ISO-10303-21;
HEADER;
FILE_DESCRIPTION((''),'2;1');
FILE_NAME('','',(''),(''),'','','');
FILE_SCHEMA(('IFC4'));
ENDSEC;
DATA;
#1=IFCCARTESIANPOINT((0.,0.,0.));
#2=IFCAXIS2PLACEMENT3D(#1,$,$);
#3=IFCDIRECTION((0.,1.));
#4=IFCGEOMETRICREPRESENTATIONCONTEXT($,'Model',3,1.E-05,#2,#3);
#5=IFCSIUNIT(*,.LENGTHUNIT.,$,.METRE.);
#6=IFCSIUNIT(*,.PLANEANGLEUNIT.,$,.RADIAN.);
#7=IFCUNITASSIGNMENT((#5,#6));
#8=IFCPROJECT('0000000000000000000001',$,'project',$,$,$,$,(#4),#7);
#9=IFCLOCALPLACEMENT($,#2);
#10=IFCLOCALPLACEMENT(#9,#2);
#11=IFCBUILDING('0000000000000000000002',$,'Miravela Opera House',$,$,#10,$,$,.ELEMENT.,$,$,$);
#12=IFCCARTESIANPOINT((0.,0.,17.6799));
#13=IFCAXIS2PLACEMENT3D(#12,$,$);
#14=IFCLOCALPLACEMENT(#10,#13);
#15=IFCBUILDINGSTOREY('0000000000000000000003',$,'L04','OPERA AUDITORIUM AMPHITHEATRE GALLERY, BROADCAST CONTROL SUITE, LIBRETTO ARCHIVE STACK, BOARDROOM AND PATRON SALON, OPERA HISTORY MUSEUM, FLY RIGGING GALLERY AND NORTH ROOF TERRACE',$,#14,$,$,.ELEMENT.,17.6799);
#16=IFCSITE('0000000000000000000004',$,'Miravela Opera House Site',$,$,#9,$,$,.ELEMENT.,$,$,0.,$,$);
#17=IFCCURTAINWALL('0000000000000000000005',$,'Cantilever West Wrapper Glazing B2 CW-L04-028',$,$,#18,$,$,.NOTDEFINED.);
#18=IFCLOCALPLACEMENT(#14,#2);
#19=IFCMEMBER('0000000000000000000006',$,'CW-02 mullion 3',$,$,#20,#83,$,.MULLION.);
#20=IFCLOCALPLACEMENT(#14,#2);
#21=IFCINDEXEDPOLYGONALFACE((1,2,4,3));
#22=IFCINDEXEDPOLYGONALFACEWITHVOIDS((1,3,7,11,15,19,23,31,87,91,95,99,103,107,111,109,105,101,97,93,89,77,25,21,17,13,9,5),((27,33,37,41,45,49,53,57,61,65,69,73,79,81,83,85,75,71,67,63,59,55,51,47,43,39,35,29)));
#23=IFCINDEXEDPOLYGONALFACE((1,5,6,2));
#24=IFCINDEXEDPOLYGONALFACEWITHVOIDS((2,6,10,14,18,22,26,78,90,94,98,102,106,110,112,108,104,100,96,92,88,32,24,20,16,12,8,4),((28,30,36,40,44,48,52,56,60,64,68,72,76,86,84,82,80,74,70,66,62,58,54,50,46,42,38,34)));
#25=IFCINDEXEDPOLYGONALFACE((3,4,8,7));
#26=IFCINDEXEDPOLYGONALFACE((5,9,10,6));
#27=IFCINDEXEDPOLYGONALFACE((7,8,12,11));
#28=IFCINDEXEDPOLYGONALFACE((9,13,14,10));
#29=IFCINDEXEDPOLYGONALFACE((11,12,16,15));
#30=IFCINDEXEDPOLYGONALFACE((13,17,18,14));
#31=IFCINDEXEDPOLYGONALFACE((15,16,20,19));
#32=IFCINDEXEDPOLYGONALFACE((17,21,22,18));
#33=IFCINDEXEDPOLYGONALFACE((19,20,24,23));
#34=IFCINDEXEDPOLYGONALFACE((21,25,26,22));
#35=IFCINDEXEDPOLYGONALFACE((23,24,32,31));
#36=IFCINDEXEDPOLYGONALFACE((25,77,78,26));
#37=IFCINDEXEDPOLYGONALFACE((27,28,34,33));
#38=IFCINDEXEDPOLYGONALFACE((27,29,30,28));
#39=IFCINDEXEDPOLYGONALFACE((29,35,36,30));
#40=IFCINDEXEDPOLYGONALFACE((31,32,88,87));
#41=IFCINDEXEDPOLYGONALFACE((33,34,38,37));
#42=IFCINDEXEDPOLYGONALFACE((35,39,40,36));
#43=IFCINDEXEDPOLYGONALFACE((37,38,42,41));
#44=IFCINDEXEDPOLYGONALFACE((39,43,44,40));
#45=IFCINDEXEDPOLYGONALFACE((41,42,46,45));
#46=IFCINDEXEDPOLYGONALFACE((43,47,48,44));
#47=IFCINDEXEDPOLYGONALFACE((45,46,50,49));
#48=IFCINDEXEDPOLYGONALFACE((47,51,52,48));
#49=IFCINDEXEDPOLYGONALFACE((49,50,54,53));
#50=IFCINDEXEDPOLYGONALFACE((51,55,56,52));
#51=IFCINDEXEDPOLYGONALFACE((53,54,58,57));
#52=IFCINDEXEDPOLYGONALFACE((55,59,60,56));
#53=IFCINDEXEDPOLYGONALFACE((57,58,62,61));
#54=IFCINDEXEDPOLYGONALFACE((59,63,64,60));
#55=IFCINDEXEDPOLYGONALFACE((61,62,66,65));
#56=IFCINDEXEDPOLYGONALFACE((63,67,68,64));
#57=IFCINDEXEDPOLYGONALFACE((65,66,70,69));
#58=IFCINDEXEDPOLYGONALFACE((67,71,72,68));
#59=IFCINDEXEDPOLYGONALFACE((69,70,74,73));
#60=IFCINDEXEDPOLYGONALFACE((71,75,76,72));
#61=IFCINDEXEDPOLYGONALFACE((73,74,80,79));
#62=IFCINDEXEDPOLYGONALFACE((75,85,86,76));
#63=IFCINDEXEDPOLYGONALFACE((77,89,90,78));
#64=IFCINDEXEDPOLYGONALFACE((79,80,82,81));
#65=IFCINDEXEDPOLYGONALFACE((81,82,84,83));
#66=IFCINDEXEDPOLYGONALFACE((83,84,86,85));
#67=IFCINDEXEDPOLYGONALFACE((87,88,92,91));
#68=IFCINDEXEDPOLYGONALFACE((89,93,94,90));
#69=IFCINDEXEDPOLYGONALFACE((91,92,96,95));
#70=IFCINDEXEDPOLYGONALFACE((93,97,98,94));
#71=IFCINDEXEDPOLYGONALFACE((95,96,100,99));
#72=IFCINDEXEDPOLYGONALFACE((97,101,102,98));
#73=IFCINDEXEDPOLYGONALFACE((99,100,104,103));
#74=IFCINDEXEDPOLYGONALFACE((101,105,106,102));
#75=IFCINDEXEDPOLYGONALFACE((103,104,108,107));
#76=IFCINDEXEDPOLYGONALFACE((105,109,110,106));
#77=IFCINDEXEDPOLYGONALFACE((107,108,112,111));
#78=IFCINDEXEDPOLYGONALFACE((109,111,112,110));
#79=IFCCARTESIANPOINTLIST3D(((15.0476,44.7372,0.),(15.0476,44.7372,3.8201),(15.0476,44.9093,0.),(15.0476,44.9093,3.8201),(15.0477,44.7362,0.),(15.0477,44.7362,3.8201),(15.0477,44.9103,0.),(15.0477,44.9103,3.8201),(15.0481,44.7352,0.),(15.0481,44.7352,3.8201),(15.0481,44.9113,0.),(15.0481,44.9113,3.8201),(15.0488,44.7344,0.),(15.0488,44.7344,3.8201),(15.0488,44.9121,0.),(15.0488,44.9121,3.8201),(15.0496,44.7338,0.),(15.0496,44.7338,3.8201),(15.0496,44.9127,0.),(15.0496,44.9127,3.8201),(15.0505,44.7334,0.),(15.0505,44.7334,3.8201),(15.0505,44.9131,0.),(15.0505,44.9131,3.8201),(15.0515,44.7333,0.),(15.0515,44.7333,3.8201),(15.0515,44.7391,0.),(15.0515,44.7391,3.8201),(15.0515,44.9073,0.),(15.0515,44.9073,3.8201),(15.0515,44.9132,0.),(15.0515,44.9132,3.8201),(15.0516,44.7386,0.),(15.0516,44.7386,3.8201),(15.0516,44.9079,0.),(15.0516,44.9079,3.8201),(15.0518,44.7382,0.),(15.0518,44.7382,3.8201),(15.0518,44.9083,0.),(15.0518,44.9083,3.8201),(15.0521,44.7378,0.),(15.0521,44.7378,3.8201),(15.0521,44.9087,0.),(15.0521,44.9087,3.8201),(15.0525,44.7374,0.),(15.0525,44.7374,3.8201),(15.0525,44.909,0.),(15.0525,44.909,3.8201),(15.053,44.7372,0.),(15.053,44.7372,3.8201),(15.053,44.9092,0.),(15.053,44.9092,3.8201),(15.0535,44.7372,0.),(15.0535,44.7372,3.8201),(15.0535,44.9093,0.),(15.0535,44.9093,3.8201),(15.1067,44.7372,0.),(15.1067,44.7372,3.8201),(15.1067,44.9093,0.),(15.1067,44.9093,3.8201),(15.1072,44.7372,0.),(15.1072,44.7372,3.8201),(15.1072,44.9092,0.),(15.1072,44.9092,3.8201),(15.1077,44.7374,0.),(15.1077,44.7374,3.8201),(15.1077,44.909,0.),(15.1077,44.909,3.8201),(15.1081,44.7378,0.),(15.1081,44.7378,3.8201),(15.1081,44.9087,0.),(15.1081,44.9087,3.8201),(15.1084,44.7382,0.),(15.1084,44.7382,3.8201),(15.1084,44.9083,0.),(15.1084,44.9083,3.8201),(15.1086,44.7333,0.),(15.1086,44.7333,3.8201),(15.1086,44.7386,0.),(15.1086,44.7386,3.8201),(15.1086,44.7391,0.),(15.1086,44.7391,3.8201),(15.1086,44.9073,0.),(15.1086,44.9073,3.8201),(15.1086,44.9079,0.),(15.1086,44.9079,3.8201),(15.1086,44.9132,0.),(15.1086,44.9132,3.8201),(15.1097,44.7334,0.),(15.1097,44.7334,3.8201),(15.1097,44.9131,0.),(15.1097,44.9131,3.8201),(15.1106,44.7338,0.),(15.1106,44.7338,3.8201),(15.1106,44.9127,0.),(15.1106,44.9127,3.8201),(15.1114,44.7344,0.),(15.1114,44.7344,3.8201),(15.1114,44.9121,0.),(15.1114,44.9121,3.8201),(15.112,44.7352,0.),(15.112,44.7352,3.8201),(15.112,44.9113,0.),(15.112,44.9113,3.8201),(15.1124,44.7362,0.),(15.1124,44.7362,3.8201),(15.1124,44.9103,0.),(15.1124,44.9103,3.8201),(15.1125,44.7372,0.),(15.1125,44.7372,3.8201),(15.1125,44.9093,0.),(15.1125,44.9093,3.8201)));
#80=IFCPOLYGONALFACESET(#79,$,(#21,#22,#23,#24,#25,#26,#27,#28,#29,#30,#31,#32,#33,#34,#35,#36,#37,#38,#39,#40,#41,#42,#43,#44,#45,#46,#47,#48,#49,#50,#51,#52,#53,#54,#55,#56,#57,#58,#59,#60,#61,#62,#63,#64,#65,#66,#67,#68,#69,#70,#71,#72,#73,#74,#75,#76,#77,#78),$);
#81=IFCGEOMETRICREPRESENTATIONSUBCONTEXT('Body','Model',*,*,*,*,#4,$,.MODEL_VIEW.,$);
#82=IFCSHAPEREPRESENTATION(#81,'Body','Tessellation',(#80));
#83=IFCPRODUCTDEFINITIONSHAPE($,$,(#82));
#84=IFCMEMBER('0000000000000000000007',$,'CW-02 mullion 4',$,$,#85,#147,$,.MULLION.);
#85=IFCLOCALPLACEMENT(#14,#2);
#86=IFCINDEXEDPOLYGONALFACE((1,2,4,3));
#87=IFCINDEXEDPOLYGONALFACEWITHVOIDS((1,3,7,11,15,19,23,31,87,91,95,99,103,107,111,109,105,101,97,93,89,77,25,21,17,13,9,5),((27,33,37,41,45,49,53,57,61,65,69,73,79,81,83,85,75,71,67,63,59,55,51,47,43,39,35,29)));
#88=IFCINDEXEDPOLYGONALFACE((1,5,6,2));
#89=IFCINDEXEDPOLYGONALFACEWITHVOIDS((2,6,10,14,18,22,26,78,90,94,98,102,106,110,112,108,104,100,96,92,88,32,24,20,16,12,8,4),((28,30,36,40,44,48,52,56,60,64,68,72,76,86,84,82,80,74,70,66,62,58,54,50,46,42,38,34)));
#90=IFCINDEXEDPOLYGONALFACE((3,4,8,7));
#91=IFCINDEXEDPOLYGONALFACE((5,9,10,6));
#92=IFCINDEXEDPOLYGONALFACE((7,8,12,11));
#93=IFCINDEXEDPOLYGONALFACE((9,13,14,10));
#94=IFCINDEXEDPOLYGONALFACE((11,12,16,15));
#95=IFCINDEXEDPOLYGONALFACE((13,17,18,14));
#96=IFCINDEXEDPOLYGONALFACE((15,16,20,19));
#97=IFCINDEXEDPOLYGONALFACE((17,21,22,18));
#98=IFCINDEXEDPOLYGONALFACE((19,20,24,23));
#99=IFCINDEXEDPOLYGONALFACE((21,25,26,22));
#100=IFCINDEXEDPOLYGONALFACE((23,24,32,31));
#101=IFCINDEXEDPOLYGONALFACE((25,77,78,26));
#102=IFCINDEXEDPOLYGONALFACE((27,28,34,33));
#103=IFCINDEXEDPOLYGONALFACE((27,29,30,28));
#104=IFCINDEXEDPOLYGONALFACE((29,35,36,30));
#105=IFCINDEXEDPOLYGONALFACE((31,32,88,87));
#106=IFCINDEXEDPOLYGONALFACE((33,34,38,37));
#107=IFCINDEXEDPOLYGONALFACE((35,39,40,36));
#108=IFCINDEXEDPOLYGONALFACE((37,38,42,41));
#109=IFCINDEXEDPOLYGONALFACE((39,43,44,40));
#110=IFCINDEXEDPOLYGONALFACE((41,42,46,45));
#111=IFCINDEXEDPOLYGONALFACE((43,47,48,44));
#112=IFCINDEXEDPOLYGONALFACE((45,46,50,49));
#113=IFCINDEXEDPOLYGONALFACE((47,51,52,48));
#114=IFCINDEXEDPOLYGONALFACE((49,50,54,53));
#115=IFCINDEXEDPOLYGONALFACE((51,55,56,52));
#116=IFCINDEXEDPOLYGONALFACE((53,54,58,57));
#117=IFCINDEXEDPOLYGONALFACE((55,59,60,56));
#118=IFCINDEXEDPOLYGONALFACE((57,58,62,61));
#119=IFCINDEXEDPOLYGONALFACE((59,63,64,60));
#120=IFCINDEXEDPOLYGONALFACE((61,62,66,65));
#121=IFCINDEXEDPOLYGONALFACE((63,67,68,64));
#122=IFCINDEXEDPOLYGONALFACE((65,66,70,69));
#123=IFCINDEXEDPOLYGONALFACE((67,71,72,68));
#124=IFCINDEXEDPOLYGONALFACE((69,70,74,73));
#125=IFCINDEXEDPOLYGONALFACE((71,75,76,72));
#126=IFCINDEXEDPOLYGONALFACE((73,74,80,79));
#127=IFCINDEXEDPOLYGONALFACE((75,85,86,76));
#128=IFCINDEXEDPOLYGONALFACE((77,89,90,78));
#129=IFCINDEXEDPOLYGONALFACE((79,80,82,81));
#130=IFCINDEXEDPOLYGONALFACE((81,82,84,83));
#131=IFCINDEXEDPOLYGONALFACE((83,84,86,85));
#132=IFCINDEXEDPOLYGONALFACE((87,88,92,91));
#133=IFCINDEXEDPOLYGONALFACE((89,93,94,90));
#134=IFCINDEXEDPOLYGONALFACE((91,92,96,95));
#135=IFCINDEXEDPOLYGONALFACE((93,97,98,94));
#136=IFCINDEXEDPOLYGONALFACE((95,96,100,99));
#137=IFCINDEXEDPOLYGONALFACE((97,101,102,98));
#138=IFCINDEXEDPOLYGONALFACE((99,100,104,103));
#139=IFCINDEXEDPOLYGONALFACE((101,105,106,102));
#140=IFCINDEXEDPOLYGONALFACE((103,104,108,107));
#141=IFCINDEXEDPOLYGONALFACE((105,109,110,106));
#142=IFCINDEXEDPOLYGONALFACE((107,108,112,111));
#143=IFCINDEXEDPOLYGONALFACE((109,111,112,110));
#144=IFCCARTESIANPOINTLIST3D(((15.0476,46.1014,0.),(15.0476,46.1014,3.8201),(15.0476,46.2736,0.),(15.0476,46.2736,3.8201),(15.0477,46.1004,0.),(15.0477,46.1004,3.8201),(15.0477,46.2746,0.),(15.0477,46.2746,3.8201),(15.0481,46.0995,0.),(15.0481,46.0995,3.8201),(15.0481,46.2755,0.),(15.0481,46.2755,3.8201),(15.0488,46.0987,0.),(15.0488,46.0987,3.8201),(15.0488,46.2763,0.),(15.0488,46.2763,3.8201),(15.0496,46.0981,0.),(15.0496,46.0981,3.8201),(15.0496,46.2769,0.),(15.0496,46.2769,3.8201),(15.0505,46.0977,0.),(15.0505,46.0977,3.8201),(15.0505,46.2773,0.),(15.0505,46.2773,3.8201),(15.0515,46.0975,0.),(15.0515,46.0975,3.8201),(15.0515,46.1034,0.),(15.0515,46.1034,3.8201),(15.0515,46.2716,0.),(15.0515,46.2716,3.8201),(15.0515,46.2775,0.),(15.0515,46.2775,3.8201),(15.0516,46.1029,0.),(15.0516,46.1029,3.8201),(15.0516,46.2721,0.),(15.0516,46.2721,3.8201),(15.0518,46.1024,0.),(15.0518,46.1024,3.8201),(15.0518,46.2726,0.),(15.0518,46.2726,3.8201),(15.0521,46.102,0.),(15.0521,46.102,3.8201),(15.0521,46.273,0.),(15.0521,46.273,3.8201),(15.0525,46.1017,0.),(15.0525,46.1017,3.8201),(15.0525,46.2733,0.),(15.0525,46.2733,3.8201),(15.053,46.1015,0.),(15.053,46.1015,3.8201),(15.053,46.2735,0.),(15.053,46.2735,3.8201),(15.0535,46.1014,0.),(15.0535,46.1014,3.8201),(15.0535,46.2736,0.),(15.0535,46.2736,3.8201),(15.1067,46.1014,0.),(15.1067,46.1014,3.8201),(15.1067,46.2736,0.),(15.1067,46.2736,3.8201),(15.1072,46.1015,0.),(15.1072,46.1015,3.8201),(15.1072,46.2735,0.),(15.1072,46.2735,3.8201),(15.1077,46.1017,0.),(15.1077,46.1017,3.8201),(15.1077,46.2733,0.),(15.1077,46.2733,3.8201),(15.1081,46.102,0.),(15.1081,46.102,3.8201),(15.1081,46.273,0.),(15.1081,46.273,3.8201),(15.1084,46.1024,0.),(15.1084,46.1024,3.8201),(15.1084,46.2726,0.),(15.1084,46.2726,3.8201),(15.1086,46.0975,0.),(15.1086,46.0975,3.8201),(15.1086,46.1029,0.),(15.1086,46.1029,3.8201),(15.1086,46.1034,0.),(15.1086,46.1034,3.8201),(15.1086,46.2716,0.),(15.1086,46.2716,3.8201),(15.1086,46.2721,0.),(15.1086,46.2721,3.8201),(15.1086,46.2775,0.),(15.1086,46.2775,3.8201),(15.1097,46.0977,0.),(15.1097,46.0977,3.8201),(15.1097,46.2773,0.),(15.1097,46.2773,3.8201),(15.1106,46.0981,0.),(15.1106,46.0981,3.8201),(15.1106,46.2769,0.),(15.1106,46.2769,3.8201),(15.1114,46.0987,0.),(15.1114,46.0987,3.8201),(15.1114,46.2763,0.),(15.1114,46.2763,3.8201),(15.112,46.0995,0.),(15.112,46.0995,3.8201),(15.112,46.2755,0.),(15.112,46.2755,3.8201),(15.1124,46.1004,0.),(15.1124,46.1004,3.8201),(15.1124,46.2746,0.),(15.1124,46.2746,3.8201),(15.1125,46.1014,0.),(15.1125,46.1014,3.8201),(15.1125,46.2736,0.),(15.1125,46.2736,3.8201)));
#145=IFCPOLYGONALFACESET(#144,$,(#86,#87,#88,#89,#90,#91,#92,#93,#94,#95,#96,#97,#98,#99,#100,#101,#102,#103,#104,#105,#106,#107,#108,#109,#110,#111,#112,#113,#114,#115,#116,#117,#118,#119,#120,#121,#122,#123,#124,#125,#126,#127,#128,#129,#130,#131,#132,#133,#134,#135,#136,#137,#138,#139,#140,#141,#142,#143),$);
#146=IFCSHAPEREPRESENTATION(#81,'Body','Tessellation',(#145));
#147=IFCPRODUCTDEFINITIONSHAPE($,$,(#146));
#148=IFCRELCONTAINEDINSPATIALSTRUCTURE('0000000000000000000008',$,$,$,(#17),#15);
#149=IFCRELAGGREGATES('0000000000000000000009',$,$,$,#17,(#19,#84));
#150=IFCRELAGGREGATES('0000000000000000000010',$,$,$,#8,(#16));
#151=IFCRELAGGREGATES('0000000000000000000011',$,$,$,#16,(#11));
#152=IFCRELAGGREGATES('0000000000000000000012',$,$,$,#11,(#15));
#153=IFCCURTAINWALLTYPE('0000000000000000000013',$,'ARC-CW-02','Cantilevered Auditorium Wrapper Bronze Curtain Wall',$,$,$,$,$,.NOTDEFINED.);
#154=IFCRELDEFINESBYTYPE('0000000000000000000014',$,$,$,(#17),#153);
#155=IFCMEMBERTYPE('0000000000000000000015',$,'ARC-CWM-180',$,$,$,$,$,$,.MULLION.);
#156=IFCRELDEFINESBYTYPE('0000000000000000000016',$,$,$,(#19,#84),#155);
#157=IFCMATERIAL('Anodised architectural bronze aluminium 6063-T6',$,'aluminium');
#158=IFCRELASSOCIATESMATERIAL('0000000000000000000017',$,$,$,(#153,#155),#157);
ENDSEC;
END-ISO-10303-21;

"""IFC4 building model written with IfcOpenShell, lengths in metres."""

from ifc_helpers import new_model, si_unit, direction, frame, origin, origin_2d, place, context, subcontext, project, spatial, hollow_rectangle, extrude, material, material_profile, profile_set, type_object, element, aggregate, save


model = new_model("IFC4")

# Units and contexts
model_context = context("Model", 3, precision=1e-05, world=origin(), true_north=direction((0.0, 1.0)))
body_context = subcontext(model_context, "Body", "Model", "MODEL_VIEW")
ifc_project = project(units=[si_unit("LENGTHUNIT", "METRE"), si_unit("PLANEANGLEUNIT", "RADIAN")], contexts=[model_context])

# Site, building, storey
site_placement = place(None, origin())
site = spatial("IfcSite", under=ifc_project, at=site_placement, Name="Miravela Opera House Site", CompositionType="ELEMENT", RefElevation=0.0)
building_placement = place(site_placement, origin())
building = spatial("IfcBuilding", under=site, at=building_placement, Name="Miravela Opera House", CompositionType="ELEMENT")
storey_placement = place(building_placement, frame((0.0, 0.0, 17.6799)))
storey = spatial("IfcBuildingStorey", under=building, at=storey_placement, Name="L04", Description="OPERA AUDITORIUM AMPHITHEATRE GALLERY, BROADCAST CONTROL SUITE, LIBRETTO ARCHIVE STACK, BOARDROOM AND PATRON SALON, OPERA HISTORY MUSEUM, FLY RIGGING GALLERY AND NORTH ROOF TERRACE", CompositionType="ELEMENT", Elevation=17.6799)

# Curtain wall, members
ifc_material_1 = material(Name="Anodised architectural bronze aluminium 6063-T6", Category="aluminium")
curtain_wall_type = type_object("IfcCurtainWallType", Name="ARC-CW-02", Description="Cantilevered Auditorium Wrapper Bronze Curtain Wall", PredefinedType="NOTDEFINED", material=ifc_material_1)
curtain_wall_1_placement = place(storey_placement, origin())
curtain_wall_1 = element("IfcCurtainWall", 1, at=curtain_wall_1_placement, inside=storey, type_object=curtain_wall_type, Name="Cantilever West Wrapper Glazing B2 CW-L04-028", PredefinedType="NOTDEFINED")
ifc_material_profile_1 = material_profile(ifc_material_1, hollow_rectangle(XDim=0.0649, YDim=0.1799, WallThickness=0.0039, InnerFilletRadius=0.002, OuterFilletRadius=0.0039, at=origin_2d()), Name="CWM-65X180")
ifc_profile_set_1 = profile_set([ifc_material_profile_1])
member_type_1 = type_object("IfcMemberType", Name="ARC-CWM-180", PredefinedType="MULLION", material=ifc_profile_set_1)
member_1_placement = place(storey_placement, frame((15.0801, 44.8232, 0.0), z_axis=(0.0, 0.0, 1.0), x_axis=(-1.0, 0.0, 0.0)))
member_1 = element("IfcMember", 2, at=member_1_placement, type_object=member_type_1, Name="CW-02 mullion 3", PredefinedType="MULLION", context=body_context, shape_type="SweptSolid", body=[
    extrude(hollow_rectangle(XDim=0.0649, YDim=0.1799, WallThickness=0.0039, InnerFilletRadius=0.002, OuterFilletRadius=0.0039, at=origin_2d()), origin(), (0.0, 0.0, 1.0), 3.8201),
])
member_2_placement = place(storey_placement, frame((15.0801, 46.1875, 0.0), z_axis=(0.0, 0.0, 1.0), x_axis=(-1.0, 0.0, 0.0)))
member_2 = element("IfcMember", 3, at=member_2_placement, type_object=member_type_1, Name="CW-02 mullion 4", PredefinedType="MULLION", context=body_context, shape_type="SweptSolid", body=[
    extrude(hollow_rectangle(XDim=0.0649, YDim=0.1799, WallThickness=0.0039, InnerFilletRadius=0.002, OuterFilletRadius=0.0039, at=origin_2d()), origin(), (0.0, 0.0, 1.0), 3.8201),
])

aggregate(curtain_wall_1, [member_1, member_2])

save(model, "model.ifc")
